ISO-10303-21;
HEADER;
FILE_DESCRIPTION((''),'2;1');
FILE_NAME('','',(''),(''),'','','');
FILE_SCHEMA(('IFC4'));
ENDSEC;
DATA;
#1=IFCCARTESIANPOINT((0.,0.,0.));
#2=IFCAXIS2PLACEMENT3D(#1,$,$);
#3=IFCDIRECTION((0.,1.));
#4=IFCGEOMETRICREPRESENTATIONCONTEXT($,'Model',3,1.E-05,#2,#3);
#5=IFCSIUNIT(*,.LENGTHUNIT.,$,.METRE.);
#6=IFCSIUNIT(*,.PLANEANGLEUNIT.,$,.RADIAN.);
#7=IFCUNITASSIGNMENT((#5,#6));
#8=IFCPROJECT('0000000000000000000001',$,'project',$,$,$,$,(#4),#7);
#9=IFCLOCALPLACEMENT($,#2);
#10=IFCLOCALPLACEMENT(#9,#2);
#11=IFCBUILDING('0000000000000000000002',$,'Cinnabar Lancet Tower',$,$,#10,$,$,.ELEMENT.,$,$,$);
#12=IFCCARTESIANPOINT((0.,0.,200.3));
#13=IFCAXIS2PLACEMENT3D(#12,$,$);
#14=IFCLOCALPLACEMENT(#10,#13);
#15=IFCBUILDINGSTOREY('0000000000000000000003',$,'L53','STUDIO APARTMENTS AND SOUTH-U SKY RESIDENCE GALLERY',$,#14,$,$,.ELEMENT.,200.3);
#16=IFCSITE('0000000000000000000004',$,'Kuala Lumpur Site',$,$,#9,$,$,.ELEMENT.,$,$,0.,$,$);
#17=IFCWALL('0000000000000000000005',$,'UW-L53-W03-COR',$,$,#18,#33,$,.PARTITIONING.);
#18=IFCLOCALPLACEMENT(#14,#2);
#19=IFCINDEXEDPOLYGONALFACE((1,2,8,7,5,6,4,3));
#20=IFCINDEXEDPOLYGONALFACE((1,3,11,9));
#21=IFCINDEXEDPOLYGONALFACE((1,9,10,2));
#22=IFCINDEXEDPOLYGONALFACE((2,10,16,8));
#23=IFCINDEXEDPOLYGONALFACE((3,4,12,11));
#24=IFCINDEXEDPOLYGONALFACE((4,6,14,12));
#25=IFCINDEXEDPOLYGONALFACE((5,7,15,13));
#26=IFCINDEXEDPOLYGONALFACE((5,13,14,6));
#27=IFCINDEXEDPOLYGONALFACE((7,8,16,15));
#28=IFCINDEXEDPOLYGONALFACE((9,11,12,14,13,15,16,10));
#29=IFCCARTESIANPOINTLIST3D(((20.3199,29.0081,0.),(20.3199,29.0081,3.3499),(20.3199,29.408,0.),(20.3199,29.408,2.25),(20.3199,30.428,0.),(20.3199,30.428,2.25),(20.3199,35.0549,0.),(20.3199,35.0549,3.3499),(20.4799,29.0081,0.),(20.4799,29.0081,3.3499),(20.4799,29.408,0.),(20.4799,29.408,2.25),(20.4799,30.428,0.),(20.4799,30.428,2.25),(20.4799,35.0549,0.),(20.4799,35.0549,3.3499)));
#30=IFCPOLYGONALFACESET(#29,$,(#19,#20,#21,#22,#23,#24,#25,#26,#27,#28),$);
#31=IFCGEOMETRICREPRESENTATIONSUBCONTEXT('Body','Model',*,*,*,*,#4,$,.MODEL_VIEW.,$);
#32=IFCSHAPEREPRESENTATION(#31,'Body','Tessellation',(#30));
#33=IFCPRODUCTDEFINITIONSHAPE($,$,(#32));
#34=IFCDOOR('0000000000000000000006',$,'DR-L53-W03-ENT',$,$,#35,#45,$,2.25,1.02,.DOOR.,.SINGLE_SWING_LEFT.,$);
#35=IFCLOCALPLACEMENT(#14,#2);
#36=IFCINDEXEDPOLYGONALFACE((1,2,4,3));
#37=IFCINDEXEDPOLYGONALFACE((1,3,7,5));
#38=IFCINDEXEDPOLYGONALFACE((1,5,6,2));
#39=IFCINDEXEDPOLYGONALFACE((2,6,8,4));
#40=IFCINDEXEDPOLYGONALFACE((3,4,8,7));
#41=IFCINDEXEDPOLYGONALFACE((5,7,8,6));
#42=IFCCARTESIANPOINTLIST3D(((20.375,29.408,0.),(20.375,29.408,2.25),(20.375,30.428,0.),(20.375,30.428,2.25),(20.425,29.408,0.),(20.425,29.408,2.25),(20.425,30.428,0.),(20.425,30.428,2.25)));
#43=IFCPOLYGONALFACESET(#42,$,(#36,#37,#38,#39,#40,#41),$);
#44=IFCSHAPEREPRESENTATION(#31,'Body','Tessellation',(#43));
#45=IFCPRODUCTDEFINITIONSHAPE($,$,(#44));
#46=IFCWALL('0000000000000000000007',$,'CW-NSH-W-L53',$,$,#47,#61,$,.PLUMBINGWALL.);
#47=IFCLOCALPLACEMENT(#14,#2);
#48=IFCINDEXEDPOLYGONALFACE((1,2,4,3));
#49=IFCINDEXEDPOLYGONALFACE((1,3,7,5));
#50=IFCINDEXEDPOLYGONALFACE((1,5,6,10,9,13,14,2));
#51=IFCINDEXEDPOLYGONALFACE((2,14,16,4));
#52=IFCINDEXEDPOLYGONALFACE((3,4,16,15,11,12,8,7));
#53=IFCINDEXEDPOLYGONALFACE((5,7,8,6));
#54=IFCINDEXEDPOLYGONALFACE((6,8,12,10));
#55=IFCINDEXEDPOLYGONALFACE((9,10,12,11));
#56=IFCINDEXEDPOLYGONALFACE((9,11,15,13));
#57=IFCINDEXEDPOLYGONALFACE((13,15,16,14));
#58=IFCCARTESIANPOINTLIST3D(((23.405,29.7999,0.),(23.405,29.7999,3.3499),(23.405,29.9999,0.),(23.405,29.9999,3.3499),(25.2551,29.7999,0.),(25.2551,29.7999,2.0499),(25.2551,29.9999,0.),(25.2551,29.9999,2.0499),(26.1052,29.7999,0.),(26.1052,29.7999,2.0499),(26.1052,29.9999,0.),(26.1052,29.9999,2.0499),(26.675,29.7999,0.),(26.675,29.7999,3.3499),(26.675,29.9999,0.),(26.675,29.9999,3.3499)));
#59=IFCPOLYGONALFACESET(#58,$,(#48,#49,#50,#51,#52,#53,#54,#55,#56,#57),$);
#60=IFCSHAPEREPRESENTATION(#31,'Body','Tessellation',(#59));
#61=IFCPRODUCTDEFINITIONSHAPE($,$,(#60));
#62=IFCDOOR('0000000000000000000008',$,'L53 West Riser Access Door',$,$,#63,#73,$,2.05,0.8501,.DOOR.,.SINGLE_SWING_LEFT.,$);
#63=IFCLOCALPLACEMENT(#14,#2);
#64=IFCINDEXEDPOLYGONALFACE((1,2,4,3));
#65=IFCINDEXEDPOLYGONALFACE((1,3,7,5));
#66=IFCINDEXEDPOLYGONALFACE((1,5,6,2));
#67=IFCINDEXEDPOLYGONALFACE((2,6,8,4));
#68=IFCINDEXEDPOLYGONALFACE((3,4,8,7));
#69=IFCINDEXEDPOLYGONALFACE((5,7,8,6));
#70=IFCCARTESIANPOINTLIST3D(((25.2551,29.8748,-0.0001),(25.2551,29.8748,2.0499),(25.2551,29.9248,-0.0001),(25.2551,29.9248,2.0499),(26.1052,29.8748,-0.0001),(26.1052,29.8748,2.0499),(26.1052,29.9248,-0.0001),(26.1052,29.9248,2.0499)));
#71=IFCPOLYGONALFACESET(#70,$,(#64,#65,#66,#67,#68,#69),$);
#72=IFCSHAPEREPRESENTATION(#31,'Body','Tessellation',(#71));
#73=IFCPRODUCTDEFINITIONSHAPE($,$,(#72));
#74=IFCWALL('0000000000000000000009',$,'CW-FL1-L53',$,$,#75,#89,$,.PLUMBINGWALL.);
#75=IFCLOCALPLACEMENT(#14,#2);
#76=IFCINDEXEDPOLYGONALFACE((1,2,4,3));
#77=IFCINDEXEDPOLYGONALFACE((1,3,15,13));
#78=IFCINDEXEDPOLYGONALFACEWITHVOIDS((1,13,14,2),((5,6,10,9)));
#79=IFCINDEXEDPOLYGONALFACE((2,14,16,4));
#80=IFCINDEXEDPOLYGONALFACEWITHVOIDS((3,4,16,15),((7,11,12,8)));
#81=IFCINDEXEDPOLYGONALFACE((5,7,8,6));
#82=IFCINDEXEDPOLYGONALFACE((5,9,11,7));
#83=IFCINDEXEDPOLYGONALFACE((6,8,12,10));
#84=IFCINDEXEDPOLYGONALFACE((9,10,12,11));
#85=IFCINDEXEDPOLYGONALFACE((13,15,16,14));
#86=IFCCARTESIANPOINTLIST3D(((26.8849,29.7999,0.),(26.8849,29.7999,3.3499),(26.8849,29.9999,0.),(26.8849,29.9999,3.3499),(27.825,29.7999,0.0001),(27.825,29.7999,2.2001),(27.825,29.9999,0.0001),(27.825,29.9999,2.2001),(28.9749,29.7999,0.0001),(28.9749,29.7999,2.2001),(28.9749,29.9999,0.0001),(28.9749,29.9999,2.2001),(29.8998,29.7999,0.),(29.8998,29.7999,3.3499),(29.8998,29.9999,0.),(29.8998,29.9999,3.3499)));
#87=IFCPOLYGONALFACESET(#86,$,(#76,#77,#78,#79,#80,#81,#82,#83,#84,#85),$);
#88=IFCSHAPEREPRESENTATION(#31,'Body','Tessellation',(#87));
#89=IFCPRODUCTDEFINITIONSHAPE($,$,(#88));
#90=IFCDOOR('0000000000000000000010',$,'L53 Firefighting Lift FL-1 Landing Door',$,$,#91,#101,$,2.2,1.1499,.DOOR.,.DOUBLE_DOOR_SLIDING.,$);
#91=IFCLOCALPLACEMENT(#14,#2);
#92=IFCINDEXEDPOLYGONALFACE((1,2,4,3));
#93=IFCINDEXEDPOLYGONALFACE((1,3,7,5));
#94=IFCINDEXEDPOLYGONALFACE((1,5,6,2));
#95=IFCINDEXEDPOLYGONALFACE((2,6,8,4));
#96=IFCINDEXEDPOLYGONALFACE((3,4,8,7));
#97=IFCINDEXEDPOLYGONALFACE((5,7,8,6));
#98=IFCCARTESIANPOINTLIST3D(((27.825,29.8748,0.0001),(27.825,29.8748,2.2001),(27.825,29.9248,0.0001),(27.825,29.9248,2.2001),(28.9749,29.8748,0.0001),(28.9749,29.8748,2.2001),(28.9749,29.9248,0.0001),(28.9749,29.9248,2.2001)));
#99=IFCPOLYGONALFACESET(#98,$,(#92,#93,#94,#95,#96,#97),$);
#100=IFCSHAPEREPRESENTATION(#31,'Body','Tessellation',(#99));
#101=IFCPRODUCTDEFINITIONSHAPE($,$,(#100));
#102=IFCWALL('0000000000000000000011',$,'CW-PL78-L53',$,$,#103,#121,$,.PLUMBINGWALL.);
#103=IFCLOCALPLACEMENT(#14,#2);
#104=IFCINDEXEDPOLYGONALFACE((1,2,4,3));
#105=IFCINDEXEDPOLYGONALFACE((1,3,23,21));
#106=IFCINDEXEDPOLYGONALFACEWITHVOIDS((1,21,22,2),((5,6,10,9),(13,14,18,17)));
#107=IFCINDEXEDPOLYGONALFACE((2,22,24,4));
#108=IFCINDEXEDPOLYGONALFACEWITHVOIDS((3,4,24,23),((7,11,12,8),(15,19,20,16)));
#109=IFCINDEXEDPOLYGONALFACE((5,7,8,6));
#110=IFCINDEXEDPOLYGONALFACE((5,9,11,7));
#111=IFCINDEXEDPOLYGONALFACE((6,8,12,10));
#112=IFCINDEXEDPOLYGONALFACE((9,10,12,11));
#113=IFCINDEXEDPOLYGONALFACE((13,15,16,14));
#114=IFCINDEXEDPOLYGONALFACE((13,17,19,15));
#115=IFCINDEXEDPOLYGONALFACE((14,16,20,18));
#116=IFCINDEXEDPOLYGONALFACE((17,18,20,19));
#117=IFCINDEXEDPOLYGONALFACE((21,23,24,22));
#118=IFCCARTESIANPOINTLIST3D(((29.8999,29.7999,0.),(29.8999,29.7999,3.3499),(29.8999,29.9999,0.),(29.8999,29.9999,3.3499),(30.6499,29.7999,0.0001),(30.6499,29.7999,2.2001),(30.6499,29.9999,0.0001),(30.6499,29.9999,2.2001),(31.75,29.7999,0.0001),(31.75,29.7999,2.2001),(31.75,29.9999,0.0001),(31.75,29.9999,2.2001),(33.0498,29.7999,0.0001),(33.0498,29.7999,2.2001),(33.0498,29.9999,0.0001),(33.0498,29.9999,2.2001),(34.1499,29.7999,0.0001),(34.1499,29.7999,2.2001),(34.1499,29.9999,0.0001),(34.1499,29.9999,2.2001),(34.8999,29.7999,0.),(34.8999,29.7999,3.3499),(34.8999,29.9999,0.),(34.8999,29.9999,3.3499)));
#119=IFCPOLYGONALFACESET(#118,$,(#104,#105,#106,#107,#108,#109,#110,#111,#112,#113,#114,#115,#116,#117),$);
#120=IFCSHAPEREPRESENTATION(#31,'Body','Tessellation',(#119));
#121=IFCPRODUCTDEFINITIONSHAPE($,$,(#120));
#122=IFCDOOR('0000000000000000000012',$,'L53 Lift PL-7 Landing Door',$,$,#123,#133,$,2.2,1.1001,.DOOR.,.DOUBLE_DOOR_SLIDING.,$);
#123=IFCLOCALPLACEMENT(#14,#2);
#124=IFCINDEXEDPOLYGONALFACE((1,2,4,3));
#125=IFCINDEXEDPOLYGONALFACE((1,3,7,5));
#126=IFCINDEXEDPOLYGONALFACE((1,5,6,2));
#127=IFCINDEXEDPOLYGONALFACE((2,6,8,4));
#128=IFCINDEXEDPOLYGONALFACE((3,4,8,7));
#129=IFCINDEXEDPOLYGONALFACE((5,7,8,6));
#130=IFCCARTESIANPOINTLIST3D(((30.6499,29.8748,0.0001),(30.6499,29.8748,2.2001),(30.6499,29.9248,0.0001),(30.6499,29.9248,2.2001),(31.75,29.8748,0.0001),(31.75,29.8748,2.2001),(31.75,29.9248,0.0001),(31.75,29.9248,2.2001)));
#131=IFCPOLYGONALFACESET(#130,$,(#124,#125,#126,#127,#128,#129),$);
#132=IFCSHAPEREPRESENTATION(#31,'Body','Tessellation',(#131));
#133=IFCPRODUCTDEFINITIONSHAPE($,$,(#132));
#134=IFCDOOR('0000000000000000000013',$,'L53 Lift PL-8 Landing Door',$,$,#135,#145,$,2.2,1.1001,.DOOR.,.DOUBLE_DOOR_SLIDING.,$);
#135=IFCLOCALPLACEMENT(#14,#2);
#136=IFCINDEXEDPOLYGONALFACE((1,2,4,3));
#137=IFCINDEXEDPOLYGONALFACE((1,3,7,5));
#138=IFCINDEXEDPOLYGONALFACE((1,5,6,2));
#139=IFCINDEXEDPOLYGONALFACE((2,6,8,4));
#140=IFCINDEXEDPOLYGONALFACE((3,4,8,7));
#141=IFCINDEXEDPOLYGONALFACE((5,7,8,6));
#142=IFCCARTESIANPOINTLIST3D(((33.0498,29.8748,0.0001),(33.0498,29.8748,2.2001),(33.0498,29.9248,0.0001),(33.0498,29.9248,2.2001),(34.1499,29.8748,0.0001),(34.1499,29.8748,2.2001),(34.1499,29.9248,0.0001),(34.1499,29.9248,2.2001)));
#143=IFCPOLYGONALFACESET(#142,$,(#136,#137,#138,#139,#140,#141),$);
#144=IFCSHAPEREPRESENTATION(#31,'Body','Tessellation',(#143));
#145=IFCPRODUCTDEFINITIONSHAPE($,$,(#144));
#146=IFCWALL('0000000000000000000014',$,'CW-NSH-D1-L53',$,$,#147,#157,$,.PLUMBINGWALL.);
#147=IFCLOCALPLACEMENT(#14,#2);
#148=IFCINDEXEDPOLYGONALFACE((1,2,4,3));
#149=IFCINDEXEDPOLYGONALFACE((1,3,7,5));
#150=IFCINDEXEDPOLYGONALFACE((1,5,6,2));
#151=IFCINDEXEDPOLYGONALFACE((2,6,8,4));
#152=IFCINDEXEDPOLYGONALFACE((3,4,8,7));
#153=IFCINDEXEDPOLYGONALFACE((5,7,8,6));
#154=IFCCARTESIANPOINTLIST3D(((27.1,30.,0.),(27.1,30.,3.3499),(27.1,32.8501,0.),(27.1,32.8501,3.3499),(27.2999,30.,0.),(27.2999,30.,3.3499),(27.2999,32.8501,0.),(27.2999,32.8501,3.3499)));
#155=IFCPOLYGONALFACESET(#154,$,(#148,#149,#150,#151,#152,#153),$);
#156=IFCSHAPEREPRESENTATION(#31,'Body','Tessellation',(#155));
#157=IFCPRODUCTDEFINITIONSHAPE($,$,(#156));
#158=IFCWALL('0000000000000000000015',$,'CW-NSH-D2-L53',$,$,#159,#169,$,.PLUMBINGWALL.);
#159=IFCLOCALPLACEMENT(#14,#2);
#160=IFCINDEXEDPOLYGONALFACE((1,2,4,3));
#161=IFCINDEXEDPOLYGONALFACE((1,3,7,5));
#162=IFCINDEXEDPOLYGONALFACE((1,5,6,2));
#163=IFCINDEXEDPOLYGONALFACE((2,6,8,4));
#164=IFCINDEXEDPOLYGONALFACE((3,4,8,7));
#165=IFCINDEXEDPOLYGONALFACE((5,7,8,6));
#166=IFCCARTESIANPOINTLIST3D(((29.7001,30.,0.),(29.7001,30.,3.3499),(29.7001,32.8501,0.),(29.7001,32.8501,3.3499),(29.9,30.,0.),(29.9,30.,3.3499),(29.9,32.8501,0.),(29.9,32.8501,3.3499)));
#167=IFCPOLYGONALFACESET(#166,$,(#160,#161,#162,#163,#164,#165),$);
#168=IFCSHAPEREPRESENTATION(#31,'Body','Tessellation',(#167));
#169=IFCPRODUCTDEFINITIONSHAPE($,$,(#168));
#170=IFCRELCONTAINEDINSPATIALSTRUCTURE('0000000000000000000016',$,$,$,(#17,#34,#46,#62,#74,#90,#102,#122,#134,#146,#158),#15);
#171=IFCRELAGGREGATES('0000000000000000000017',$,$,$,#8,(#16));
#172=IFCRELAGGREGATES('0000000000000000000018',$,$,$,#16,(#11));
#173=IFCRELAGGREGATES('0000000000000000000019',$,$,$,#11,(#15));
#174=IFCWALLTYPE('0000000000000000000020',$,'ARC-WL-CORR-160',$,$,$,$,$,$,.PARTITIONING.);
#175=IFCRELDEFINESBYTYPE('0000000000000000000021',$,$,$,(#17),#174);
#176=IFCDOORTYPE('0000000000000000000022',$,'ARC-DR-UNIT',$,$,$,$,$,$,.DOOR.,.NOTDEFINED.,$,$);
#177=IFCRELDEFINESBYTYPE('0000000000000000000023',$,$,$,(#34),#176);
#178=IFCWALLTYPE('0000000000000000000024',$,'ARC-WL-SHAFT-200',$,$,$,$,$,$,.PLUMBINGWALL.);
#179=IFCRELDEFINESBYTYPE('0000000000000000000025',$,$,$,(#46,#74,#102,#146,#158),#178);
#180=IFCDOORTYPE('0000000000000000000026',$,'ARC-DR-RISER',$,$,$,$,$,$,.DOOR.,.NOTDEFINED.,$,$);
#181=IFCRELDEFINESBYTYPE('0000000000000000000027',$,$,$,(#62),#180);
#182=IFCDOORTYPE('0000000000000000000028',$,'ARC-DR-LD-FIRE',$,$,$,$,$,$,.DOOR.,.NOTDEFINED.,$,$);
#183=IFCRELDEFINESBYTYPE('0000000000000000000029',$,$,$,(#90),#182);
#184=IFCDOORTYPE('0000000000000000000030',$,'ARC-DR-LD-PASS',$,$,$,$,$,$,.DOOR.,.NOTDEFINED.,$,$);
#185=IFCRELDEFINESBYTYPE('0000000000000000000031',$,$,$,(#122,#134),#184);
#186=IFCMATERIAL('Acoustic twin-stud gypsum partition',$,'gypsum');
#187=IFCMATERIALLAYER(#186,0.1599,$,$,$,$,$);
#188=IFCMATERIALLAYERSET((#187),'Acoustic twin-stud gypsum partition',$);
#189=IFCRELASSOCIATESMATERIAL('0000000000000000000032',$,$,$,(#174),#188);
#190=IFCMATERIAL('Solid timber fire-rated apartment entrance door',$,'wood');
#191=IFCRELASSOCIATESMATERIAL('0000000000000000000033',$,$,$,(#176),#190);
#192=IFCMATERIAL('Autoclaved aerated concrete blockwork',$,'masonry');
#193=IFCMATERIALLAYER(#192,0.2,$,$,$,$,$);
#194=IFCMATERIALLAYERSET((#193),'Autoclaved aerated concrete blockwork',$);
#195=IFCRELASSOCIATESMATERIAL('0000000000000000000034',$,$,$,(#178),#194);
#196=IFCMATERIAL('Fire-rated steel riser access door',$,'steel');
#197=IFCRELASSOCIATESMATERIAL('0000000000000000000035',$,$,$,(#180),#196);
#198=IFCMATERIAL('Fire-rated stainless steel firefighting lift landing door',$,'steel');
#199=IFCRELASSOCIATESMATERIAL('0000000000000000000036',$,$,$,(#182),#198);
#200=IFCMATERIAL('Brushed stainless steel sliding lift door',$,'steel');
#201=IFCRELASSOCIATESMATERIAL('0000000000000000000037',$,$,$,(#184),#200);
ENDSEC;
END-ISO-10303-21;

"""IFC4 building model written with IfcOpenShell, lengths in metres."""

from ifc_helpers import new_model, si_unit, direction, frame, frame_2d, origin, place, context, subcontext, project, spatial, rectangle, extrude, material, layer, layer_set, type_object, element, fill, save


model = new_model("IFC4")

# Units and contexts
model_context = context("Model", 3, precision=1e-05, world=origin(), true_north=direction((0.0, 1.0)))
body_context = subcontext(model_context, "Body", "Model", "MODEL_VIEW")
ifc_project = project(units=[si_unit("LENGTHUNIT", "METRE"), si_unit("PLANEANGLEUNIT", "RADIAN")], contexts=[model_context])

# Site, building, storey
site_placement = place(None, origin())
site = spatial("IfcSite", under=ifc_project, at=site_placement, Name="Kuala Lumpur Site", CompositionType="ELEMENT", RefElevation=0.0)
building_placement = place(site_placement, origin())
building = spatial("IfcBuilding", under=site, at=building_placement, Name="Cinnabar Lancet Tower", CompositionType="ELEMENT")
storey_placement = place(building_placement, frame((0.0, 0.0, 200.3)))
storey = spatial("IfcBuildingStorey", under=building, at=storey_placement, Name="L53", Description="STUDIO APARTMENTS AND SOUTH-U SKY RESIDENCE GALLERY", CompositionType="ELEMENT", Elevation=200.3)

# Shared definitions
ifc_material_1 = material(Name="Acoustic twin-stud gypsum partition", Category="gypsum")
ifc_layer_1 = layer(ifc_material_1, 0.1599)
ifc_layer_set_1 = layer_set([ifc_layer_1], Name="Acoustic twin-stud gypsum partition")
wall_type_1 = type_object("IfcWallType", Name="ARC-WL-CORR-160", PredefinedType="PARTITIONING", material=ifc_layer_set_1)

# Walls, openings, doors
wall_1_placement = place(storey_placement, frame((20.3999, 29.0081, 0.0), z_axis=(0.0, 0.0, 1.0), x_axis=(0.0, 1.0, 0.0)))
wall_1 = element("IfcWall", 1, at=wall_1_placement, inside=storey, type_object=wall_type_1, Name="UW-L53-W03-COR", PredefinedType="PARTITIONING", context=body_context, shape_type="SweptSolid", body=[
    extrude(rectangle(XDim=6.0469, YDim=0.1599, at=frame_2d((3.0234, 0.0))), origin(), (0.0, 0.0, 1.0), 3.3499),
])
opening_1_placement = place(wall_1_placement, frame((0.3999, 0.0, 0.0)))
opening_1 = element("IfcOpeningElement", 2, at=opening_1_placement, cuts=wall_1, PredefinedType="OPENING", context=body_context, shape_type="SweptSolid", body=[
    extrude(rectangle(XDim=1.02, YDim=2.25, at=frame_2d((0.51, 1.125))), frame((0.0, 0.0898, 0.0), z_axis=(0.0, -1.0, 0.0), x_axis=(1.0, 0.0, 0.0)), (0.0, 0.0, 1.0), 0.1799),
])
ifc_material_2 = material(Name="Solid timber fire-rated apartment entrance door", Category="wood")
door_type_1 = type_object("IfcDoorType", Name="ARC-DR-UNIT", OperationType="NOTDEFINED", PredefinedType="DOOR", material=ifc_material_2)
door_1_placement = place(opening_1_placement, origin())
door_1 = element("IfcDoor", 3, at=door_1_placement, inside=storey, type_object=door_type_1, Name="DR-L53-W03-ENT", OperationType="SINGLE_SWING_LEFT", OverallHeight=2.25, OverallWidth=1.02, PredefinedType="DOOR", context=body_context, shape_type="SweptSolid", body=[
    extrude(rectangle(XDim=1.02, YDim=2.25, at=frame_2d((0.51, 1.125))), frame((0.0, 0.0249, 0.0), z_axis=(0.0, -1.0, 0.0), x_axis=(1.0, 0.0, 0.0)), (0.0, 0.0, 1.0), 0.05),
])
fill(opening_1, door_1)
ifc_material_3 = material(Name="Autoclaved aerated concrete blockwork", Category="masonry")
ifc_layer_2 = layer(ifc_material_3, 0.2)
ifc_layer_set_2 = layer_set([ifc_layer_2], Name="Autoclaved aerated concrete blockwork")
wall_type_2 = type_object("IfcWallType", Name="ARC-WL-SHAFT-200", PredefinedType="PLUMBINGWALL", material=ifc_layer_set_2)
wall_2_placement = place(storey_placement, frame((23.405, 29.8999, 0.0), z_axis=(0.0, 0.0, 1.0), x_axis=(1.0, 0.0, 0.0)))
wall_2 = element("IfcWall", 4, at=wall_2_placement, inside=storey, type_object=wall_type_2, Name="CW-NSH-W-L53", PredefinedType="PLUMBINGWALL", context=body_context, shape_type="SweptSolid", body=[
    extrude(rectangle(XDim=3.27, YDim=0.2, at=frame_2d((1.635, 0.0))), origin(), (0.0, 0.0, 1.0), 3.3499),
])
opening_2_placement = place(wall_2_placement, frame((1.8501, 0.0, 0.0)))
opening_2 = element("IfcOpeningElement", 5, at=opening_2_placement, cuts=wall_2, PredefinedType="OPENING", context=body_context, shape_type="SweptSolid", body=[
    extrude(rectangle(XDim=0.8501, YDim=2.05, at=frame_2d((0.425, 1.0249))), frame((0.0, 0.1099, 0.0), z_axis=(0.0, -1.0, 0.0), x_axis=(1.0, 0.0, 0.0)), (0.0, 0.0, 1.0), 0.22),
])
ifc_material_4 = material(Name="Fire-rated steel riser access door", Category="steel")
door_type_2 = type_object("IfcDoorType", Name="ARC-DR-RISER", OperationType="NOTDEFINED", PredefinedType="DOOR", material=ifc_material_4)
door_2_placement = place(opening_2_placement, origin())
door_2 = element("IfcDoor", 6, at=door_2_placement, inside=storey, type_object=door_type_2, Name="L53 West Riser Access Door", OperationType="SINGLE_SWING_LEFT", OverallHeight=2.05, OverallWidth=0.8501, PredefinedType="DOOR", context=body_context, shape_type="SweptSolid", body=[
    extrude(rectangle(XDim=0.8501, YDim=2.05, at=frame_2d((0.425, 1.0249))), frame((0.0, 0.0249, 0.0), z_axis=(0.0, -1.0, 0.0), x_axis=(1.0, 0.0, 0.0)), (0.0, 0.0, 1.0), 0.05),
])
fill(opening_2, door_2)
wall_3_placement = place(storey_placement, frame((26.885, 29.8999, 0.0), z_axis=(0.0, 0.0, 1.0), x_axis=(1.0, 0.0, 0.0)))
wall_3 = element("IfcWall", 7, at=wall_3_placement, inside=storey, type_object=wall_type_2, Name="CW-FL1-L53", PredefinedType="PLUMBINGWALL", context=body_context, shape_type="SweptSolid", body=[
    extrude(rectangle(XDim=3.0149, YDim=0.2, at=frame_2d((1.5073, 0.0))), origin(), (0.0, 0.0, 1.0), 3.3499),
])
opening_3_placement = place(wall_3_placement, frame((0.9399, 0.0, 0.0)))
opening_3 = element("IfcOpeningElement", 8, at=opening_3_placement, cuts=wall_3, PredefinedType="OPENING", context=body_context, shape_type="SweptSolid", body=[
    extrude(rectangle(XDim=1.1499, YDim=2.2, at=frame_2d((0.575, 1.1001))), frame((0.0, 0.1099, 0.0), z_axis=(0.0, -1.0, 0.0), x_axis=(1.0, 0.0, 0.0)), (0.0, 0.0, 1.0), 0.22),
])
ifc_material_5 = material(Name="Fire-rated stainless steel firefighting lift landing door", Category="steel")
door_type_3 = type_object("IfcDoorType", Name="ARC-DR-LD-FIRE", OperationType="NOTDEFINED", PredefinedType="DOOR", material=ifc_material_5)
door_3_placement = place(opening_3_placement, origin())
door_3 = element("IfcDoor", 9, at=door_3_placement, inside=storey, type_object=door_type_3, Name="L53 Firefighting Lift FL-1 Landing Door", OperationType="DOUBLE_DOOR_SLIDING", OverallHeight=2.2, OverallWidth=1.1499, PredefinedType="DOOR", context=body_context, shape_type="SweptSolid", body=[
    extrude(rectangle(XDim=1.1499, YDim=2.2, at=frame_2d((0.575, 1.1001))), frame((0.0, 0.0249, 0.0), z_axis=(0.0, -1.0, 0.0), x_axis=(1.0, 0.0, 0.0)), (0.0, 0.0, 1.0), 0.05),
])
fill(opening_3, door_3)

# Wall, openings, doors
wall_4_placement = place(storey_placement, frame((29.8999, 29.8999, 0.0), z_axis=(0.0, 0.0, 1.0), x_axis=(1.0, 0.0, 0.0)))
wall_4 = element("IfcWall", 10, at=wall_4_placement, inside=storey, type_object=wall_type_2, Name="CW-PL78-L53", PredefinedType="PLUMBINGWALL", context=body_context, shape_type="SweptSolid", body=[
    extrude(rectangle(XDim=5.0, YDim=0.2, at=frame_2d((2.5, 0.0))), origin(), (0.0, 0.0, 1.0), 3.3499),
])
opening_4_placement = place(wall_4_placement, frame((0.75, 0.0, 0.0)))
opening_4 = element("IfcOpeningElement", 11, at=opening_4_placement, cuts=wall_4, PredefinedType="OPENING", context=body_context, shape_type="SweptSolid", body=[
    extrude(rectangle(XDim=1.1001, YDim=2.2, at=frame_2d((0.55, 1.1001))), frame((0.0, 0.1099, 0.0), z_axis=(0.0, -1.0, 0.0), x_axis=(1.0, 0.0, 0.0)), (0.0, 0.0, 1.0), 0.22),
])
opening_5_placement = place(wall_4_placement, frame((3.1499, 0.0, 0.0)))
opening_5 = element("IfcOpeningElement", 12, at=opening_5_placement, cuts=wall_4, PredefinedType="OPENING", context=body_context, shape_type="SweptSolid", body=[
    extrude(rectangle(XDim=1.1001, YDim=2.2, at=frame_2d((0.55, 1.1001))), frame((0.0, 0.1099, 0.0), z_axis=(0.0, -1.0, 0.0), x_axis=(1.0, 0.0, 0.0)), (0.0, 0.0, 1.0), 0.22),
])
ifc_material_6 = material(Name="Brushed stainless steel sliding lift door", Category="steel")
door_type_4 = type_object("IfcDoorType", Name="ARC-DR-LD-PASS", OperationType="NOTDEFINED", PredefinedType="DOOR", material=ifc_material_6)
door_4_placement = place(opening_4_placement, origin())
door_4 = element("IfcDoor", 13, at=door_4_placement, inside=storey, type_object=door_type_4, Name="L53 Lift PL-7 Landing Door", OperationType="DOUBLE_DOOR_SLIDING", OverallHeight=2.2, OverallWidth=1.1001, PredefinedType="DOOR", context=body_context, shape_type="SweptSolid", body=[
    extrude(rectangle(XDim=1.1001, YDim=2.2, at=frame_2d((0.55, 1.1001))), frame((0.0, 0.0249, 0.0), z_axis=(0.0, -1.0, 0.0), x_axis=(1.0, 0.0, 0.0)), (0.0, 0.0, 1.0), 0.05),
])
fill(opening_4, door_4)
door_5_placement = place(opening_5_placement, origin())
door_5 = element("IfcDoor", 14, at=door_5_placement, inside=storey, type_object=door_type_4, Name="L53 Lift PL-8 Landing Door", OperationType="DOUBLE_DOOR_SLIDING", OverallHeight=2.2, OverallWidth=1.1001, PredefinedType="DOOR", context=body_context, shape_type="SweptSolid", body=[
    extrude(rectangle(XDim=1.1001, YDim=2.2, at=frame_2d((0.55, 1.1001))), frame((0.0, 0.0249, 0.0), z_axis=(0.0, -1.0, 0.0), x_axis=(1.0, 0.0, 0.0)), (0.0, 0.0, 1.0), 0.05),
])
fill(opening_5, door_5)

# Walls
for number, where, z_axis, x_axis, name in (
    (15, (27.2, 30.0, 0.0), (0.0, 0.0, 1.0), (0.0, 1.0, 0.0), "CW-NSH-D1-L53"),
    (16, (29.8, 30.0, 0.0), (0.0, 0.0, 1.0), (0.0, 1.0, 0.0), "CW-NSH-D2-L53"),
):
    element("IfcWall", number, at=place(storey_placement, frame(where, z_axis=z_axis, x_axis=x_axis)), inside=storey, type_object=wall_type_2, Name=name, PredefinedType="PLUMBINGWALL", context=body_context, shape_type="SweptSolid", body=[
        extrude(rectangle(XDim=2.8501, YDim=0.2, at=frame_2d((1.425, 0.0))), origin(), (0.0, 0.0, 1.0), 3.3499),
    ])

save(model, "model.ifc")
